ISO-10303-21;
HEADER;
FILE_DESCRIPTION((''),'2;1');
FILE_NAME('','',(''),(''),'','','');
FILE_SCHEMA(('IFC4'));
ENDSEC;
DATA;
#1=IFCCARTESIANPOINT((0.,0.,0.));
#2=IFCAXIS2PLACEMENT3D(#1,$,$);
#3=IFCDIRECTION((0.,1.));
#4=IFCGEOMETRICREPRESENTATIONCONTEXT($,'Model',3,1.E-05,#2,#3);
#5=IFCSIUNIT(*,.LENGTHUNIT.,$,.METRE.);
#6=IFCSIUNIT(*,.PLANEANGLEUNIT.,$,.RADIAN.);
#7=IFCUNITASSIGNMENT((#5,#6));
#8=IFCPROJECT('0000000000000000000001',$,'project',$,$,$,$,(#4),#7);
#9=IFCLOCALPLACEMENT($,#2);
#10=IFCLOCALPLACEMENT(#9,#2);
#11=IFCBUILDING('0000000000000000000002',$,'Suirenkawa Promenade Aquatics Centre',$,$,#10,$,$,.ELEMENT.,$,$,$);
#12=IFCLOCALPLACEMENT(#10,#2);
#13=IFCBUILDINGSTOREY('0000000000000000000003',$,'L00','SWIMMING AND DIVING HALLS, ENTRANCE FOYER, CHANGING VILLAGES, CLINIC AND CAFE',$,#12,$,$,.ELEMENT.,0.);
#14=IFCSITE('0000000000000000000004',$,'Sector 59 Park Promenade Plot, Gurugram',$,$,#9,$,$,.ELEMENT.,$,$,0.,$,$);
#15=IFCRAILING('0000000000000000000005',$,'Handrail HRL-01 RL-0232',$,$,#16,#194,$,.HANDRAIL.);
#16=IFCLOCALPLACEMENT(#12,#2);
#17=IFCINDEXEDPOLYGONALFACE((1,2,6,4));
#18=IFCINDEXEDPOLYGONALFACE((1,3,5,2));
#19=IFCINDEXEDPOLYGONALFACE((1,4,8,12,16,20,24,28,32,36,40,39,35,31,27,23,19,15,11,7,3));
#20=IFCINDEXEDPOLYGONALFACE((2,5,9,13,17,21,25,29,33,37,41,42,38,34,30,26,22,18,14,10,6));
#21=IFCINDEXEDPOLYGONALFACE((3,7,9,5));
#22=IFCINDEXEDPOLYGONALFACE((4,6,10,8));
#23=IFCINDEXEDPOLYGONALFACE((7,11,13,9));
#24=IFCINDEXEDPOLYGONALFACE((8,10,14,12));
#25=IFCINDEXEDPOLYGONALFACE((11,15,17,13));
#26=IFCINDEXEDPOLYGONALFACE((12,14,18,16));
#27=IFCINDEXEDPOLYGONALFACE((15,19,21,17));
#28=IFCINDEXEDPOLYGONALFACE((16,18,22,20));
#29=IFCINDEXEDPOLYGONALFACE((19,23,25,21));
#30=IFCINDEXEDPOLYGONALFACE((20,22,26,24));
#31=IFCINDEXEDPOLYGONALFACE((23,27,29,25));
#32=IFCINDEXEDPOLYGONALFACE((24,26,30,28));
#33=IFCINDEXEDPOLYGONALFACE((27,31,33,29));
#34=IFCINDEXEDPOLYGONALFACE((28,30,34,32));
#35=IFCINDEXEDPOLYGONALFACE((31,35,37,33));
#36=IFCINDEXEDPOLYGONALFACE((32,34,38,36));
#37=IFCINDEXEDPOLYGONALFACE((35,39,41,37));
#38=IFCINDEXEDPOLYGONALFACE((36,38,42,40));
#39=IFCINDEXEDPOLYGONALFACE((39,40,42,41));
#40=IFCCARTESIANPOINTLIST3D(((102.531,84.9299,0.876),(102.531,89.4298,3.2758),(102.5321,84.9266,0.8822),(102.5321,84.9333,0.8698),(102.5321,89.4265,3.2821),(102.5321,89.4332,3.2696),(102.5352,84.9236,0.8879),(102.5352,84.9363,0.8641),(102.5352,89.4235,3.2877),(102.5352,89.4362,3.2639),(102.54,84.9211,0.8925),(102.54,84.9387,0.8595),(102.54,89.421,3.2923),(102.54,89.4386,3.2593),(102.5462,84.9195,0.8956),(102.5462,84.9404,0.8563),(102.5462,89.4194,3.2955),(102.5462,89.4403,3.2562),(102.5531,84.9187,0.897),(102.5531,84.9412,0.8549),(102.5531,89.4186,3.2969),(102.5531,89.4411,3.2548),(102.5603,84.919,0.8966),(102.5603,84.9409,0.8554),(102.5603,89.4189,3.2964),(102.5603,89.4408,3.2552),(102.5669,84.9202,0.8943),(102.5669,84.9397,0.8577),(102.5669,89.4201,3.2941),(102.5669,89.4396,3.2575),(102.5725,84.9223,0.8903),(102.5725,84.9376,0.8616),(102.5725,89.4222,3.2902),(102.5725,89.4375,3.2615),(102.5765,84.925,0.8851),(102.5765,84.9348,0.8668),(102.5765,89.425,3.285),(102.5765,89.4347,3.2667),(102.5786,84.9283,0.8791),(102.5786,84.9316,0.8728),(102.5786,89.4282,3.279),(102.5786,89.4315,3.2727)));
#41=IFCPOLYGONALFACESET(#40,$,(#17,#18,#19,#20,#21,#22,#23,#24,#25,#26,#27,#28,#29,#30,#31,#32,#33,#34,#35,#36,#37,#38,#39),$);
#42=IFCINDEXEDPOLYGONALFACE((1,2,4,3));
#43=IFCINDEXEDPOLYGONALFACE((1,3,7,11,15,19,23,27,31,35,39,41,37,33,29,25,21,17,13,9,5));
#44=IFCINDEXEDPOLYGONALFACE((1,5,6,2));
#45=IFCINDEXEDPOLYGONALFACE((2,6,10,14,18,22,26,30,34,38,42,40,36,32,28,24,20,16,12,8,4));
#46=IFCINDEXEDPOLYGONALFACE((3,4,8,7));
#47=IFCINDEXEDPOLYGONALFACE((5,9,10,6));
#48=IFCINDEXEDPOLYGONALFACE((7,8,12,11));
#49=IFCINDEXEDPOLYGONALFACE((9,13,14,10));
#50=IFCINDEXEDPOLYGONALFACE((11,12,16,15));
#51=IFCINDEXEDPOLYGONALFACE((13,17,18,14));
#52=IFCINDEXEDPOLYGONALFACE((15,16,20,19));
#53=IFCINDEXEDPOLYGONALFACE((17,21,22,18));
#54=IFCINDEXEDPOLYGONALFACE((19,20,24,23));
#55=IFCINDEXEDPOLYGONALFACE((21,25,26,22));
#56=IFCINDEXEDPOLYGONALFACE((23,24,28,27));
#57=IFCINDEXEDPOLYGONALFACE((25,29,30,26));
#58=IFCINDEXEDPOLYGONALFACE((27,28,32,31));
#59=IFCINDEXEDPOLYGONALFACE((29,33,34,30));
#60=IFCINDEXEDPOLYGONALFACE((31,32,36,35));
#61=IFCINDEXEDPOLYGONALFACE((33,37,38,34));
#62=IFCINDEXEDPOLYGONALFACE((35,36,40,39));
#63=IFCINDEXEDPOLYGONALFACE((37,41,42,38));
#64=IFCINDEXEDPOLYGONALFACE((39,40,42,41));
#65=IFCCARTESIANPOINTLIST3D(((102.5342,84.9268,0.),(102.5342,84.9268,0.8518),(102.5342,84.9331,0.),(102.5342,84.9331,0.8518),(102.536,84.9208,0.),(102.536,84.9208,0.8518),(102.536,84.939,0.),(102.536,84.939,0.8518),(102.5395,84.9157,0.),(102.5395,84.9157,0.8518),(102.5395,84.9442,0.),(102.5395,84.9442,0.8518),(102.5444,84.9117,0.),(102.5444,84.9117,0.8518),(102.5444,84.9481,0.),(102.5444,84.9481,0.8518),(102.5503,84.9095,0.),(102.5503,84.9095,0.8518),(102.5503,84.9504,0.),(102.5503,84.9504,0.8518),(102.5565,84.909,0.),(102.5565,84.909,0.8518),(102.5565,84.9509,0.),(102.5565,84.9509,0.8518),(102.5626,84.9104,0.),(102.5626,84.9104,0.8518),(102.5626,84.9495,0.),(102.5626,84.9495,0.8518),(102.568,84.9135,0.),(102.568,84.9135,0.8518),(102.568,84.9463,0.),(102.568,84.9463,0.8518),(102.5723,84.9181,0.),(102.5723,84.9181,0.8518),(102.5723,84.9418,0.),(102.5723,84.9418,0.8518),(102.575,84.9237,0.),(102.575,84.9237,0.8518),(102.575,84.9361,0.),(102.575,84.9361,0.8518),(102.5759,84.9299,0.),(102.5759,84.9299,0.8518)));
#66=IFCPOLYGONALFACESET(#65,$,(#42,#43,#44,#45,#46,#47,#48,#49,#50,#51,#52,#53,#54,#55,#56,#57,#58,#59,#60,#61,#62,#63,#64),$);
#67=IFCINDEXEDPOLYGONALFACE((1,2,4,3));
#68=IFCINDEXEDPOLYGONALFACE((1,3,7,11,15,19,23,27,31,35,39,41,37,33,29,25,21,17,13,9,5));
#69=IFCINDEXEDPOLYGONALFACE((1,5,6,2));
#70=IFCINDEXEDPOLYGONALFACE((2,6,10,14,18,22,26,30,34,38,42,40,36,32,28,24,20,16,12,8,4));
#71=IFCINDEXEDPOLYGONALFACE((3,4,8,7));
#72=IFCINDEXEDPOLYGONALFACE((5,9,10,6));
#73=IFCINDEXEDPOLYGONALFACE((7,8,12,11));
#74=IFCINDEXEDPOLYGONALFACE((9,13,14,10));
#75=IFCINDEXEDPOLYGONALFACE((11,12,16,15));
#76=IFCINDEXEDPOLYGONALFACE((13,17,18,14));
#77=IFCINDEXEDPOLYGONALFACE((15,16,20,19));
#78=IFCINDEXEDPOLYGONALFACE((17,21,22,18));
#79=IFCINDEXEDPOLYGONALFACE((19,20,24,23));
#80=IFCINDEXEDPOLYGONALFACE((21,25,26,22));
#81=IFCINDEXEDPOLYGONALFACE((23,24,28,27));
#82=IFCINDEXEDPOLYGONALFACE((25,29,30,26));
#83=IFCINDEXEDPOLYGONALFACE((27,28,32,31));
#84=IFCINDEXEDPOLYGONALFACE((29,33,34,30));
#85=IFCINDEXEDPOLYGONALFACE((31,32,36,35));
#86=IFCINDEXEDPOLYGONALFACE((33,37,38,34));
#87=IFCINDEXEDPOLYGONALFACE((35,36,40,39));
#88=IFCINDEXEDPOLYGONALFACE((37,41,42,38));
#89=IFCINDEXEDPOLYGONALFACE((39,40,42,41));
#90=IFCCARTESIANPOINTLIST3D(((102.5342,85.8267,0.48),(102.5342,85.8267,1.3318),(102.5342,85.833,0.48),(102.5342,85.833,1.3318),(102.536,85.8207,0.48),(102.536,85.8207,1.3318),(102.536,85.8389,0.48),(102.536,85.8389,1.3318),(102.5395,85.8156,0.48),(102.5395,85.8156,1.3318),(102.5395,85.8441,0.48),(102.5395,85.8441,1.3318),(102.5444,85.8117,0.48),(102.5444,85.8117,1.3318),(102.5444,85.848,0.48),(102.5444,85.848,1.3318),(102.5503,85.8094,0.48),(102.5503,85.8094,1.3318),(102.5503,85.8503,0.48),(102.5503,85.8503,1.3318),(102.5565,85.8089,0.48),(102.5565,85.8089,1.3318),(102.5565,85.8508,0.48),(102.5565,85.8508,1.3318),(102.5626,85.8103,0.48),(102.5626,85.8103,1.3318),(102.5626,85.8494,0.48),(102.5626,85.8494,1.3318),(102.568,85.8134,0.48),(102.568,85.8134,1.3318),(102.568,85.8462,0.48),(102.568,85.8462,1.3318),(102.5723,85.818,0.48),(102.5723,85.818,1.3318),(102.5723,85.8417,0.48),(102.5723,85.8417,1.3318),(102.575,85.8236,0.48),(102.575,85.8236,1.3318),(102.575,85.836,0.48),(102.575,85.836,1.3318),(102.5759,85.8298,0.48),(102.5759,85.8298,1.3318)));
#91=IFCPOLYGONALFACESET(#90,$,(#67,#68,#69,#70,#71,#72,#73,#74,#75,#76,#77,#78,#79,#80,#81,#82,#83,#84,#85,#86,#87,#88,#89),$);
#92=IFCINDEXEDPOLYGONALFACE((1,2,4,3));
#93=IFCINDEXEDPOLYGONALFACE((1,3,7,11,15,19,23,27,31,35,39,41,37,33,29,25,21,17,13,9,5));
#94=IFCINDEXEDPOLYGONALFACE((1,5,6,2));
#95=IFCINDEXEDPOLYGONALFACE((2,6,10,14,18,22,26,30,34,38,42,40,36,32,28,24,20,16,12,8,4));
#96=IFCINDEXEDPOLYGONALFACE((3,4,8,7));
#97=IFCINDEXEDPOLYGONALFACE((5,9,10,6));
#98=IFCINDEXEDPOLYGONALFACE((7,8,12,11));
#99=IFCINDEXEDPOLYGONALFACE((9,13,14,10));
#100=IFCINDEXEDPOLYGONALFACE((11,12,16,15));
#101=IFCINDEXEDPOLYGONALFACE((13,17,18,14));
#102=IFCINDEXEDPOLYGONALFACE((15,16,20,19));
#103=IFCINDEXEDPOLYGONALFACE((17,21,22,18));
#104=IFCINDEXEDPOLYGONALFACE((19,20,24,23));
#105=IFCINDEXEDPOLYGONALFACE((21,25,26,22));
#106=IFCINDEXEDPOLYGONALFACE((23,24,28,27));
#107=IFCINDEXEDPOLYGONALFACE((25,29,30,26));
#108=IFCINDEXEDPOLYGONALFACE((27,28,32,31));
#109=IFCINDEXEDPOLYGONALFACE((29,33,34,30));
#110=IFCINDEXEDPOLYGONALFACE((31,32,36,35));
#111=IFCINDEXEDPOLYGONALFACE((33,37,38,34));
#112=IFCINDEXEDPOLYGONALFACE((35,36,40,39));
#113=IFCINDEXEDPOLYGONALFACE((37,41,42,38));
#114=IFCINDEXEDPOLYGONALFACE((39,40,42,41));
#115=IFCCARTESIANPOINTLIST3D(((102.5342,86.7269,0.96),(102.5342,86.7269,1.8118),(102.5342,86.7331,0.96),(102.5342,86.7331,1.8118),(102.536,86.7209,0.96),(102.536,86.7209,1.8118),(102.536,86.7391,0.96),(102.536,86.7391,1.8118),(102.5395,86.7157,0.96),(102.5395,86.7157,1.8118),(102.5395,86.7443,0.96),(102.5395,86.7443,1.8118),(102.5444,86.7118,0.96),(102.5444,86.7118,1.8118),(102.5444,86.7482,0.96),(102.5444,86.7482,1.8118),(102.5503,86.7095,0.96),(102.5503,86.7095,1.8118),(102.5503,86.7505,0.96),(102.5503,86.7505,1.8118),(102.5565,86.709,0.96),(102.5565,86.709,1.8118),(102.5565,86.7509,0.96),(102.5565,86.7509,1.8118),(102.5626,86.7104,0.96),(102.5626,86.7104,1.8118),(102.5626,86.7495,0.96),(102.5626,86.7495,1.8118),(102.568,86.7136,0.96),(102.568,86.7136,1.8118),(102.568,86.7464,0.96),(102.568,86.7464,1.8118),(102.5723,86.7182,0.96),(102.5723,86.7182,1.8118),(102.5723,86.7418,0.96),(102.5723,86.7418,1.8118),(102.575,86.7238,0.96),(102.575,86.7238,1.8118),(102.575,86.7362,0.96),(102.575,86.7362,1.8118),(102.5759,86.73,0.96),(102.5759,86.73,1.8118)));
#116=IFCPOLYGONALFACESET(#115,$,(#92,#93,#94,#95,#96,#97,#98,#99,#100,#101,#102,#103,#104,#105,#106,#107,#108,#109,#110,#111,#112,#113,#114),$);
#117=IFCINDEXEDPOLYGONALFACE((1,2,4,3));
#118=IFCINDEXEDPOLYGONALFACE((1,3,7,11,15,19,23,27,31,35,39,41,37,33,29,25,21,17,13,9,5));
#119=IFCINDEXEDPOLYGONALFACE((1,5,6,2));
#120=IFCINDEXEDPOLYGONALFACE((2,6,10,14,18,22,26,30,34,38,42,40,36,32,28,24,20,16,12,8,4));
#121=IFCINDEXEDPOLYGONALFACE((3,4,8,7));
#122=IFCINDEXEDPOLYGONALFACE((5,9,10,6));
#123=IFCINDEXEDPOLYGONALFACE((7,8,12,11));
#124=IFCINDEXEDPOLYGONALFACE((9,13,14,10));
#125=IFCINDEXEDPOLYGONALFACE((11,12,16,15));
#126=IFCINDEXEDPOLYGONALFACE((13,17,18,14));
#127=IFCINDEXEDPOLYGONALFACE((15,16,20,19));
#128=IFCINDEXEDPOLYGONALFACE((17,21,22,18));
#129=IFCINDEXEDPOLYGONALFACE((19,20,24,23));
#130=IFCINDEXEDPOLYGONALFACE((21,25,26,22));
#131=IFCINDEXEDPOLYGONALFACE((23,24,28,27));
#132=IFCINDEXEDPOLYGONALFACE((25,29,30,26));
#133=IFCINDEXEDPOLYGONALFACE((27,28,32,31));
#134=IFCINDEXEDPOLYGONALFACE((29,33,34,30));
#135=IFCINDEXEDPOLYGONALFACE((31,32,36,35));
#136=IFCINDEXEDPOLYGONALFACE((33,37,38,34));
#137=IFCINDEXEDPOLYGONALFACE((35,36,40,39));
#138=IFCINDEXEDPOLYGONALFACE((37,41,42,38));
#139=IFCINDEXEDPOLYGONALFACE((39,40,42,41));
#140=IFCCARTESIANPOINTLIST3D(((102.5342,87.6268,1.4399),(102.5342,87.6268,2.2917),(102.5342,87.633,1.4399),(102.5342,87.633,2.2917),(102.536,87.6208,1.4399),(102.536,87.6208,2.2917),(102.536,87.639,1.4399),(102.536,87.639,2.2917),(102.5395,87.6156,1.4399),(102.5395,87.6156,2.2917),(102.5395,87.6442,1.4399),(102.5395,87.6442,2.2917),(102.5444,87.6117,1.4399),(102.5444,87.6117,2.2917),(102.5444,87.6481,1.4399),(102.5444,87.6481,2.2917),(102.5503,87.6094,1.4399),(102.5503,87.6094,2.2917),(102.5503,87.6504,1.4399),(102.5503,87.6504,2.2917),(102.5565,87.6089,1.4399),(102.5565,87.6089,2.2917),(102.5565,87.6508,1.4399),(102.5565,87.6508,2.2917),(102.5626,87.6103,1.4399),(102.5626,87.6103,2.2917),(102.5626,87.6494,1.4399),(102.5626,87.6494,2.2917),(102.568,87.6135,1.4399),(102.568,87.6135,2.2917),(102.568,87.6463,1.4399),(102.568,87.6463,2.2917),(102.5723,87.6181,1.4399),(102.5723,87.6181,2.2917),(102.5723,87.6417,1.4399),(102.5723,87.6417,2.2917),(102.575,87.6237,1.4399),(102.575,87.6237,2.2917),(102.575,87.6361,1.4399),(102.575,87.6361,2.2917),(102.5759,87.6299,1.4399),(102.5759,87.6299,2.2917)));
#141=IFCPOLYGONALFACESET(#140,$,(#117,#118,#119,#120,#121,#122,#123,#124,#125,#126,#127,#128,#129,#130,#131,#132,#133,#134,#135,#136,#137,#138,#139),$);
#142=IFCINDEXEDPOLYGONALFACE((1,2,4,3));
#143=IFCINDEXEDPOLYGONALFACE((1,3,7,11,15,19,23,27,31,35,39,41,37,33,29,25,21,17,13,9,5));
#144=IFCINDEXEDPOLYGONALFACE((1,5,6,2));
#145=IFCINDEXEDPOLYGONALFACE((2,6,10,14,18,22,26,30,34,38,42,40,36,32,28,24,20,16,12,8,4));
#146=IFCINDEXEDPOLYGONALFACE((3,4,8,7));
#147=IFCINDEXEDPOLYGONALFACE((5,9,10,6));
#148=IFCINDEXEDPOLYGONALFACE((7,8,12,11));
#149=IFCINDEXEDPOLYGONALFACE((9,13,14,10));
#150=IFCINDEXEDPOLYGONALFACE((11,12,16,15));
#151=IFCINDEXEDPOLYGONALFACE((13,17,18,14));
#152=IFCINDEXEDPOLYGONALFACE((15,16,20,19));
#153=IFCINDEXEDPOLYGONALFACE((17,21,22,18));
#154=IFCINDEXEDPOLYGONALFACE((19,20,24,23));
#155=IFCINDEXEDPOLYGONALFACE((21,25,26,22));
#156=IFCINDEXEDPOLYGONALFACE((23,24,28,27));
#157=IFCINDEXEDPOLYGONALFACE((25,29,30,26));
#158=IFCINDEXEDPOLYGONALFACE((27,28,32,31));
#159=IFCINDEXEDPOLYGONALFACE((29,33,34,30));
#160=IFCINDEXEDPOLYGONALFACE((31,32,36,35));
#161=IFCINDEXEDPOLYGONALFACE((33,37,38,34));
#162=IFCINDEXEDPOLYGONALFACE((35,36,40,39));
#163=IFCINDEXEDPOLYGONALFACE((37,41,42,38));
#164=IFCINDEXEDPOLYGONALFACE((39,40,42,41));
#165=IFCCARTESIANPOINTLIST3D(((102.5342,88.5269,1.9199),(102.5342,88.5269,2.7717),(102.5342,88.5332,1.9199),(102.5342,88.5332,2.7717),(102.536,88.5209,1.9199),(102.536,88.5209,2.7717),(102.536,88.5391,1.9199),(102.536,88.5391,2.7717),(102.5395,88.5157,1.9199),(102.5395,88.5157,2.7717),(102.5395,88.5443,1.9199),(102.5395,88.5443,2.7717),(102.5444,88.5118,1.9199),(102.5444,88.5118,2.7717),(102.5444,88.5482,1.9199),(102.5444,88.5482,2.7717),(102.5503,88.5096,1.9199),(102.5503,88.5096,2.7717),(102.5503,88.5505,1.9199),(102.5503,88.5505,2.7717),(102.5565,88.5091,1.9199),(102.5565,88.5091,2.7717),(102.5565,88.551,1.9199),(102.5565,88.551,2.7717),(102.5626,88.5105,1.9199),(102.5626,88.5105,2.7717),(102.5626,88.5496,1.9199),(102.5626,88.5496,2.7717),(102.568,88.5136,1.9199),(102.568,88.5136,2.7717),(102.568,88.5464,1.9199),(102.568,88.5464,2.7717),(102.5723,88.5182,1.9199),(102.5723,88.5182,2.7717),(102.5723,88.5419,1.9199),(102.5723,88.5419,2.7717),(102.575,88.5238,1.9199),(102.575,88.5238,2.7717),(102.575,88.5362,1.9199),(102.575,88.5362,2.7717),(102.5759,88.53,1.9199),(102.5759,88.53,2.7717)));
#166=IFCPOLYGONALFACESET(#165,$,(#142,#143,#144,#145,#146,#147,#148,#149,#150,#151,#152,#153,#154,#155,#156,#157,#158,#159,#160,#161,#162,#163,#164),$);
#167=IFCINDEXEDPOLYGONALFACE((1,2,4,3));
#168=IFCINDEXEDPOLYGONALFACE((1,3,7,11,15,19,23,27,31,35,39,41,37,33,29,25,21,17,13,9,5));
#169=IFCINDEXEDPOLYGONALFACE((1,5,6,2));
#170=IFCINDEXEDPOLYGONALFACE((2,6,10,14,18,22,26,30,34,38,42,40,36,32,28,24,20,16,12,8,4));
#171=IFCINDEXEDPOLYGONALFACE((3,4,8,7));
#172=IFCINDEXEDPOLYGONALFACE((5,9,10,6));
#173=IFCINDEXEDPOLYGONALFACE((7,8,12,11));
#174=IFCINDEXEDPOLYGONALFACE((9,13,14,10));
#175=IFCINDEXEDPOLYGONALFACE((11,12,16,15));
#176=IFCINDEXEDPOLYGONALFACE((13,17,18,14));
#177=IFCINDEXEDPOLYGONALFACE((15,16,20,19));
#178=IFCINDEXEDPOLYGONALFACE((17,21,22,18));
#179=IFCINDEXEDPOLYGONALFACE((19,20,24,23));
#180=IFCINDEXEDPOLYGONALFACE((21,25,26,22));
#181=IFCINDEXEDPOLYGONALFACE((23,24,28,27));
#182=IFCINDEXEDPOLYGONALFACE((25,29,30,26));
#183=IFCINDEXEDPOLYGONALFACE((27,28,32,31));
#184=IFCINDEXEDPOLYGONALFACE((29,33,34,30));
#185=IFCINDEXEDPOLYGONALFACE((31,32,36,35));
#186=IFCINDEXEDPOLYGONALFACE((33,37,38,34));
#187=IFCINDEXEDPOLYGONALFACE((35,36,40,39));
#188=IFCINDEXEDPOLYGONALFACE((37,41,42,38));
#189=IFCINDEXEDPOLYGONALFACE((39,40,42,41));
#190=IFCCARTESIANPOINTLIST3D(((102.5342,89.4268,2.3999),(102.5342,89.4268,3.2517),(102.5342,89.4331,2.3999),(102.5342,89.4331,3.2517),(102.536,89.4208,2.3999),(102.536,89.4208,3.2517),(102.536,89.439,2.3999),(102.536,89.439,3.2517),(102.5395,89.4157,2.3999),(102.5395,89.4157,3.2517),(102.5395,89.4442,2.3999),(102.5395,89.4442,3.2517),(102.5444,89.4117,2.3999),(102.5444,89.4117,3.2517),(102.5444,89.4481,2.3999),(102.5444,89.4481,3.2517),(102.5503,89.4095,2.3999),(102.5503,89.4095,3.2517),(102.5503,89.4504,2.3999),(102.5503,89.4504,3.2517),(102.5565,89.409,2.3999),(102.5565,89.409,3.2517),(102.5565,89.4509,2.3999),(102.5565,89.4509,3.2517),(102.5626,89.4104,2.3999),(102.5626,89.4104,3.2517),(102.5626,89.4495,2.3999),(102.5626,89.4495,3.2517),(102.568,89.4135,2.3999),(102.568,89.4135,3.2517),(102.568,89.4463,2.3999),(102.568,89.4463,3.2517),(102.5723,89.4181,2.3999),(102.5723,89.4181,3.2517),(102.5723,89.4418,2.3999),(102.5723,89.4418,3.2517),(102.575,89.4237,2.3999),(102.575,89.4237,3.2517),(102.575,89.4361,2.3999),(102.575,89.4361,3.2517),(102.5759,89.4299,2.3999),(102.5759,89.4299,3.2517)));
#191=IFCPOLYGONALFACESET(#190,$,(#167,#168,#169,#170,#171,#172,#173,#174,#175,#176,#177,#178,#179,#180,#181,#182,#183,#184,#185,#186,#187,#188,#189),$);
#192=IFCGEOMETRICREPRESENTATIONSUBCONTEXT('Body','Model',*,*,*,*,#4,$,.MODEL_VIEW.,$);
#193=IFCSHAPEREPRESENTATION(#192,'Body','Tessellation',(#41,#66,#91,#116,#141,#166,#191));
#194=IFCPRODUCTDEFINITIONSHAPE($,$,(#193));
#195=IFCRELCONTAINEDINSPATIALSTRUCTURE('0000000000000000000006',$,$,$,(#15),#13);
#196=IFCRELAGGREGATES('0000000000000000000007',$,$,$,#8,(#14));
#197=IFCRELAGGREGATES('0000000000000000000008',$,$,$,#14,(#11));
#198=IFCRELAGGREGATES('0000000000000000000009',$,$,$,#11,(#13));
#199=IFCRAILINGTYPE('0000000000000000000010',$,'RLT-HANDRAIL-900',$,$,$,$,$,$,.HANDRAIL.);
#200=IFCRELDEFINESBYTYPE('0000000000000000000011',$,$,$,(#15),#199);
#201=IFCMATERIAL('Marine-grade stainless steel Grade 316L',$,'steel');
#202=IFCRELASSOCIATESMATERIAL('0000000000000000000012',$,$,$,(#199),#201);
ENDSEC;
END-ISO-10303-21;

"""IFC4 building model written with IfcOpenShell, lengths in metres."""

from ifc_helpers import new_model, si_unit, direction, frame, origin, origin_2d, place, context, subcontext, project, spatial, circle, extrude, material, type_object, element, save


model = new_model("IFC4")

# Units and contexts
model_context = context("Model", 3, precision=1e-05, world=origin(), true_north=direction((0.0, 1.0)))
body_context = subcontext(model_context, "Body", "Model", "MODEL_VIEW")
ifc_project = project(units=[si_unit("LENGTHUNIT", "METRE"), si_unit("PLANEANGLEUNIT", "RADIAN")], contexts=[model_context])

# Site, building, storey
site_placement = place(None, origin())
site = spatial("IfcSite", under=ifc_project, at=site_placement, Name="Sector 59 Park Promenade Plot, Gurugram", CompositionType="ELEMENT", RefElevation=0.0)
building_placement = place(site_placement, origin())
building = spatial("IfcBuilding", under=site, at=building_placement, Name="Suirenkawa Promenade Aquatics Centre", CompositionType="ELEMENT")
storey_placement = place(building_placement, origin())
storey = spatial("IfcBuildingStorey", under=building, at=storey_placement, Name="L00", Description="SWIMMING AND DIVING HALLS, ENTRANCE FOYER, CHANGING VILLAGES, CLINIC AND CAFE", CompositionType="ELEMENT", Elevation=0.0)

# Railing
ifc_material_1 = material(Name="Marine-grade stainless steel Grade 316L", Category="steel")
railing_type_1 = type_object("IfcRailingType", Name="RLT-HANDRAIL-900", PredefinedType="HANDRAIL", material=ifc_material_1)
for number, where, name in (
    (1, (102.5549, 84.9299, 0.0), "Handrail HRL-01 RL-0232"),
):
    element("IfcRailing", number, at=place(storey_placement, frame(where)), inside=storey, type_object=railing_type_1, Name=name, PredefinedType="HANDRAIL", context=body_context, shape_type="SweptSolid", body=[
        extrude(circle(Radius=0.0239, at=origin_2d()), frame((0.0, 0.0, 0.876), z_axis=(0.0, 0.882361, 0.470573), x_axis=(-1.0, 0.0, 0.0)), (0.0, 0.0, 1.0), 5.0999),
        extrude(circle(Radius=0.021, at=origin_2d()), origin(), (0.0, 0.0, 1.0), 0.8518),
        extrude(circle(Radius=0.021, at=origin_2d()), frame((0.0, 0.8999, 0.48)), (0.0, 0.0, 1.0), 0.8518),
        extrude(circle(Radius=0.021, at=origin_2d()), frame((0.0, 1.8, 0.96)), (0.0, 0.0, 1.0), 0.8518),
        extrude(circle(Radius=0.021, at=origin_2d()), frame((0.0, 2.7, 1.4399)), (0.0, 0.0, 1.0), 0.8518),
        extrude(circle(Radius=0.021, at=origin_2d()), frame((0.0, 3.6001, 1.9199)), (0.0, 0.0, 1.0), 0.8518),
        extrude(circle(Radius=0.021, at=origin_2d()), frame((0.0, 4.5, 2.3999)), (0.0, 0.0, 1.0), 0.8518),
    ])

save(model, "model.ifc")
